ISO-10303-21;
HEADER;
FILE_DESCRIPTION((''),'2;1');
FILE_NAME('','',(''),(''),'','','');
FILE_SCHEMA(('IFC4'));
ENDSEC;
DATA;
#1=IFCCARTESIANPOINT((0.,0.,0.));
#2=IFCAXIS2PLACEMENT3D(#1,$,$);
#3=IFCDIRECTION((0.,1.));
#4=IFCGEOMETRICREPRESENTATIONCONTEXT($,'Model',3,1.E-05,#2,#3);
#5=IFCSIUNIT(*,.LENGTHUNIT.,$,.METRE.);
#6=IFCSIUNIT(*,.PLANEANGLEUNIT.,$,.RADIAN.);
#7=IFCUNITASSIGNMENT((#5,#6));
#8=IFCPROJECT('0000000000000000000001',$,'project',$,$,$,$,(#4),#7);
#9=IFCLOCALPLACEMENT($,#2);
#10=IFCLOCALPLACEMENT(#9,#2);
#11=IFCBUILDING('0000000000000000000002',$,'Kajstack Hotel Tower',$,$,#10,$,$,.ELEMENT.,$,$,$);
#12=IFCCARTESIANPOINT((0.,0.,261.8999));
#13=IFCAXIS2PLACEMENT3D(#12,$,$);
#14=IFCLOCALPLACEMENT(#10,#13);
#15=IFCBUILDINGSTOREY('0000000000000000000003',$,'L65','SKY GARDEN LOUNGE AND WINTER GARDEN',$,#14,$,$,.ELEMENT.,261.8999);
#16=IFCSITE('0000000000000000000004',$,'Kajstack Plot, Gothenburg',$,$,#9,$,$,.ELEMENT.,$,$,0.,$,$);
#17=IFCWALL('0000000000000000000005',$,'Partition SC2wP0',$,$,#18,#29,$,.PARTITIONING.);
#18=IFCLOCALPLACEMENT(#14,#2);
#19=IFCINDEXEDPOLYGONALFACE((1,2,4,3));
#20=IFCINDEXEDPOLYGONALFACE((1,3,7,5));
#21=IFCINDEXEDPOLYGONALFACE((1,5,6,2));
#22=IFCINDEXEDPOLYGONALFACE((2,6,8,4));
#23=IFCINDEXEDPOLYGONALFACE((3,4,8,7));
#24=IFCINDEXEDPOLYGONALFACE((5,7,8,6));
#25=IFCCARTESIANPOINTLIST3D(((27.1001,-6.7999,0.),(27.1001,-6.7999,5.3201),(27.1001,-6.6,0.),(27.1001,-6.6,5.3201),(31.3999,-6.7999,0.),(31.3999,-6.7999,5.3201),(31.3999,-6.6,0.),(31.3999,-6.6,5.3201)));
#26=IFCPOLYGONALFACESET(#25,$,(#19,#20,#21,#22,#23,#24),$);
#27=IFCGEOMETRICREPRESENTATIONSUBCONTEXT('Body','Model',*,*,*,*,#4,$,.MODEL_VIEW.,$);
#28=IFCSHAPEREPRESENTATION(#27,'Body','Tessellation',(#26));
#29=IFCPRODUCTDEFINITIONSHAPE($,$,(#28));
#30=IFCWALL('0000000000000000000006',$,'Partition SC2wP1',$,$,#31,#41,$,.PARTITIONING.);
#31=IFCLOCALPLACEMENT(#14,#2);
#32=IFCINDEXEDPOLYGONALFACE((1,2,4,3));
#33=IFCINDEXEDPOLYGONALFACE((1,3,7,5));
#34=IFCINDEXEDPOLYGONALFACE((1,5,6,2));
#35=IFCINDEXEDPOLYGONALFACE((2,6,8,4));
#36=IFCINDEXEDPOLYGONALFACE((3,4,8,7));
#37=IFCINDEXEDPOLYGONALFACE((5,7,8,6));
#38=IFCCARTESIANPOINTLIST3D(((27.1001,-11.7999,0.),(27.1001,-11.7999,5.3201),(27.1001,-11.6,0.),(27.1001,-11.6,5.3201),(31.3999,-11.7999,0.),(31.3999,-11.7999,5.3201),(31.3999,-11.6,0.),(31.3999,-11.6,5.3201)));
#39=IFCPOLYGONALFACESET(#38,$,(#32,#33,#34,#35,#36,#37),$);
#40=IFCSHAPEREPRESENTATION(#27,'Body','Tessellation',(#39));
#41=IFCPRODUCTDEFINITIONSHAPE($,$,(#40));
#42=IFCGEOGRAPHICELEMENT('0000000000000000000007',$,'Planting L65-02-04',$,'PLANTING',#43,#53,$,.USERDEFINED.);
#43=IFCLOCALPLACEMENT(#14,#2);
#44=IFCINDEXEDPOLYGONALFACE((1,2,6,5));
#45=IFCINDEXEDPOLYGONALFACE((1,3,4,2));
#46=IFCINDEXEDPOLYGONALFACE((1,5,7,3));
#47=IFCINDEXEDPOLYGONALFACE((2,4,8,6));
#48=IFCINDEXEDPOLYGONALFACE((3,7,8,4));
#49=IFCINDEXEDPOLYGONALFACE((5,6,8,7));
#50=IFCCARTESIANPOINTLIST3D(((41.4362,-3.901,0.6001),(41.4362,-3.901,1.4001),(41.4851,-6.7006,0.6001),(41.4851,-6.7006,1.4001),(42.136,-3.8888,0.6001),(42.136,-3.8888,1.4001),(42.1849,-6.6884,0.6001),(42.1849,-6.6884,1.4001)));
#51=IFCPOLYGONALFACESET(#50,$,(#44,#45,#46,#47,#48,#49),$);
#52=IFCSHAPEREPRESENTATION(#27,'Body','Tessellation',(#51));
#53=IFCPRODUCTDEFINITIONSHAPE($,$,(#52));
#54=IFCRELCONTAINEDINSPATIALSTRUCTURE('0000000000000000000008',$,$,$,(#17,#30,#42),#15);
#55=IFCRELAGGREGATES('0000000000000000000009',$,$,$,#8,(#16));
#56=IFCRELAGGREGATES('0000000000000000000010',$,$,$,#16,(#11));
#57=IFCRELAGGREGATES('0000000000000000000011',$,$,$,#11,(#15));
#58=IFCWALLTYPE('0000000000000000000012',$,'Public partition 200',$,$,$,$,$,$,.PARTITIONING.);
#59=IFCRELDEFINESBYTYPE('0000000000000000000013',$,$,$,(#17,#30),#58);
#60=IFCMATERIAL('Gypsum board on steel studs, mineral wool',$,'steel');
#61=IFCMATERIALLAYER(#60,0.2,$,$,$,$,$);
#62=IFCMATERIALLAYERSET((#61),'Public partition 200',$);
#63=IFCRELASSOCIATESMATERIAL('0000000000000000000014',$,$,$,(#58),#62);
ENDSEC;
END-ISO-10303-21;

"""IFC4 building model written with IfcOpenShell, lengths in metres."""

from ifc_helpers import new_model, si_unit, direction, frame, frame_2d, origin, origin_2d, place, context, subcontext, project, spatial, rectangle, extrude, material, layer, layer_set, type_object, element, save


model = new_model("IFC4")

# Units and contexts
model_context = context("Model", 3, precision=1e-05, world=origin(), true_north=direction((0.0, 1.0)))
body_context = subcontext(model_context, "Body", "Model", "MODEL_VIEW")
ifc_project = project(units=[si_unit("LENGTHUNIT", "METRE"), si_unit("PLANEANGLEUNIT", "RADIAN")], contexts=[model_context])

# Site, building, storey
site_placement = place(None, origin())
site = spatial("IfcSite", under=ifc_project, at=site_placement, Name="Kajstack Plot, Gothenburg", CompositionType="ELEMENT", RefElevation=0.0)
building_placement = place(site_placement, origin())
building = spatial("IfcBuilding", under=site, at=building_placement, Name="Kajstack Hotel Tower", CompositionType="ELEMENT")
storey_placement = place(building_placement, frame((0.0, 0.0, 261.8999)))
storey = spatial("IfcBuildingStorey", under=building, at=storey_placement, Name="L65", Description="SKY GARDEN LOUNGE AND WINTER GARDEN", CompositionType="ELEMENT", Elevation=261.8999)

# Walls
ifc_material_1 = material(Name="Gypsum board on steel studs, mineral wool", Category="steel")
ifc_layer_1 = layer(ifc_material_1, 0.2)
ifc_layer_set_1 = layer_set([ifc_layer_1], Name="Public partition 200")
wall_type_1 = type_object("IfcWallType", Name="Public partition 200", PredefinedType="PARTITIONING", material=ifc_layer_set_1)
for number, where, z_axis, x_axis, name in (
    (1, (27.1001, -6.7, 0.0), (0.0, 0.0, 1.0), (1.0, 0.0, 0.0), "Partition SC2wP0"),
    (2, (27.1001, -11.7, 0.0), (0.0, 0.0, 1.0), (1.0, 0.0, 0.0), "Partition SC2wP1"),
):
    element("IfcWall", number, at=place(storey_placement, frame(where, z_axis=z_axis, x_axis=x_axis)), inside=storey, type_object=wall_type_1, Name=name, PredefinedType="PARTITIONING", context=body_context, shape_type="SweptSolid", body=[
        extrude(rectangle(XDim=4.2998, YDim=0.2, at=frame_2d((2.1499, 0.0))), origin(), (0.0, 0.0, 1.0), 5.3201),
    ])

# Geographic element
geographic_element_placement = place(storey_placement, frame((41.8105, -5.2947, 0.6001), z_axis=(0.0, 0.0, 1.0), x_axis=(0.017455, -0.999848, 0.0)))
element("IfcGeographicElement", 3, at=geographic_element_placement, inside=storey, Name="Planting L65-02-04", ObjectType="PLANTING", PredefinedType="USERDEFINED", context=body_context, shape_type="SweptSolid", body=[
    extrude(rectangle(XDim=2.8, YDim=0.7, at=origin_2d()), origin(), (0.0, 0.0, 1.0), 0.8),
])

save(model, "model.ifc")
